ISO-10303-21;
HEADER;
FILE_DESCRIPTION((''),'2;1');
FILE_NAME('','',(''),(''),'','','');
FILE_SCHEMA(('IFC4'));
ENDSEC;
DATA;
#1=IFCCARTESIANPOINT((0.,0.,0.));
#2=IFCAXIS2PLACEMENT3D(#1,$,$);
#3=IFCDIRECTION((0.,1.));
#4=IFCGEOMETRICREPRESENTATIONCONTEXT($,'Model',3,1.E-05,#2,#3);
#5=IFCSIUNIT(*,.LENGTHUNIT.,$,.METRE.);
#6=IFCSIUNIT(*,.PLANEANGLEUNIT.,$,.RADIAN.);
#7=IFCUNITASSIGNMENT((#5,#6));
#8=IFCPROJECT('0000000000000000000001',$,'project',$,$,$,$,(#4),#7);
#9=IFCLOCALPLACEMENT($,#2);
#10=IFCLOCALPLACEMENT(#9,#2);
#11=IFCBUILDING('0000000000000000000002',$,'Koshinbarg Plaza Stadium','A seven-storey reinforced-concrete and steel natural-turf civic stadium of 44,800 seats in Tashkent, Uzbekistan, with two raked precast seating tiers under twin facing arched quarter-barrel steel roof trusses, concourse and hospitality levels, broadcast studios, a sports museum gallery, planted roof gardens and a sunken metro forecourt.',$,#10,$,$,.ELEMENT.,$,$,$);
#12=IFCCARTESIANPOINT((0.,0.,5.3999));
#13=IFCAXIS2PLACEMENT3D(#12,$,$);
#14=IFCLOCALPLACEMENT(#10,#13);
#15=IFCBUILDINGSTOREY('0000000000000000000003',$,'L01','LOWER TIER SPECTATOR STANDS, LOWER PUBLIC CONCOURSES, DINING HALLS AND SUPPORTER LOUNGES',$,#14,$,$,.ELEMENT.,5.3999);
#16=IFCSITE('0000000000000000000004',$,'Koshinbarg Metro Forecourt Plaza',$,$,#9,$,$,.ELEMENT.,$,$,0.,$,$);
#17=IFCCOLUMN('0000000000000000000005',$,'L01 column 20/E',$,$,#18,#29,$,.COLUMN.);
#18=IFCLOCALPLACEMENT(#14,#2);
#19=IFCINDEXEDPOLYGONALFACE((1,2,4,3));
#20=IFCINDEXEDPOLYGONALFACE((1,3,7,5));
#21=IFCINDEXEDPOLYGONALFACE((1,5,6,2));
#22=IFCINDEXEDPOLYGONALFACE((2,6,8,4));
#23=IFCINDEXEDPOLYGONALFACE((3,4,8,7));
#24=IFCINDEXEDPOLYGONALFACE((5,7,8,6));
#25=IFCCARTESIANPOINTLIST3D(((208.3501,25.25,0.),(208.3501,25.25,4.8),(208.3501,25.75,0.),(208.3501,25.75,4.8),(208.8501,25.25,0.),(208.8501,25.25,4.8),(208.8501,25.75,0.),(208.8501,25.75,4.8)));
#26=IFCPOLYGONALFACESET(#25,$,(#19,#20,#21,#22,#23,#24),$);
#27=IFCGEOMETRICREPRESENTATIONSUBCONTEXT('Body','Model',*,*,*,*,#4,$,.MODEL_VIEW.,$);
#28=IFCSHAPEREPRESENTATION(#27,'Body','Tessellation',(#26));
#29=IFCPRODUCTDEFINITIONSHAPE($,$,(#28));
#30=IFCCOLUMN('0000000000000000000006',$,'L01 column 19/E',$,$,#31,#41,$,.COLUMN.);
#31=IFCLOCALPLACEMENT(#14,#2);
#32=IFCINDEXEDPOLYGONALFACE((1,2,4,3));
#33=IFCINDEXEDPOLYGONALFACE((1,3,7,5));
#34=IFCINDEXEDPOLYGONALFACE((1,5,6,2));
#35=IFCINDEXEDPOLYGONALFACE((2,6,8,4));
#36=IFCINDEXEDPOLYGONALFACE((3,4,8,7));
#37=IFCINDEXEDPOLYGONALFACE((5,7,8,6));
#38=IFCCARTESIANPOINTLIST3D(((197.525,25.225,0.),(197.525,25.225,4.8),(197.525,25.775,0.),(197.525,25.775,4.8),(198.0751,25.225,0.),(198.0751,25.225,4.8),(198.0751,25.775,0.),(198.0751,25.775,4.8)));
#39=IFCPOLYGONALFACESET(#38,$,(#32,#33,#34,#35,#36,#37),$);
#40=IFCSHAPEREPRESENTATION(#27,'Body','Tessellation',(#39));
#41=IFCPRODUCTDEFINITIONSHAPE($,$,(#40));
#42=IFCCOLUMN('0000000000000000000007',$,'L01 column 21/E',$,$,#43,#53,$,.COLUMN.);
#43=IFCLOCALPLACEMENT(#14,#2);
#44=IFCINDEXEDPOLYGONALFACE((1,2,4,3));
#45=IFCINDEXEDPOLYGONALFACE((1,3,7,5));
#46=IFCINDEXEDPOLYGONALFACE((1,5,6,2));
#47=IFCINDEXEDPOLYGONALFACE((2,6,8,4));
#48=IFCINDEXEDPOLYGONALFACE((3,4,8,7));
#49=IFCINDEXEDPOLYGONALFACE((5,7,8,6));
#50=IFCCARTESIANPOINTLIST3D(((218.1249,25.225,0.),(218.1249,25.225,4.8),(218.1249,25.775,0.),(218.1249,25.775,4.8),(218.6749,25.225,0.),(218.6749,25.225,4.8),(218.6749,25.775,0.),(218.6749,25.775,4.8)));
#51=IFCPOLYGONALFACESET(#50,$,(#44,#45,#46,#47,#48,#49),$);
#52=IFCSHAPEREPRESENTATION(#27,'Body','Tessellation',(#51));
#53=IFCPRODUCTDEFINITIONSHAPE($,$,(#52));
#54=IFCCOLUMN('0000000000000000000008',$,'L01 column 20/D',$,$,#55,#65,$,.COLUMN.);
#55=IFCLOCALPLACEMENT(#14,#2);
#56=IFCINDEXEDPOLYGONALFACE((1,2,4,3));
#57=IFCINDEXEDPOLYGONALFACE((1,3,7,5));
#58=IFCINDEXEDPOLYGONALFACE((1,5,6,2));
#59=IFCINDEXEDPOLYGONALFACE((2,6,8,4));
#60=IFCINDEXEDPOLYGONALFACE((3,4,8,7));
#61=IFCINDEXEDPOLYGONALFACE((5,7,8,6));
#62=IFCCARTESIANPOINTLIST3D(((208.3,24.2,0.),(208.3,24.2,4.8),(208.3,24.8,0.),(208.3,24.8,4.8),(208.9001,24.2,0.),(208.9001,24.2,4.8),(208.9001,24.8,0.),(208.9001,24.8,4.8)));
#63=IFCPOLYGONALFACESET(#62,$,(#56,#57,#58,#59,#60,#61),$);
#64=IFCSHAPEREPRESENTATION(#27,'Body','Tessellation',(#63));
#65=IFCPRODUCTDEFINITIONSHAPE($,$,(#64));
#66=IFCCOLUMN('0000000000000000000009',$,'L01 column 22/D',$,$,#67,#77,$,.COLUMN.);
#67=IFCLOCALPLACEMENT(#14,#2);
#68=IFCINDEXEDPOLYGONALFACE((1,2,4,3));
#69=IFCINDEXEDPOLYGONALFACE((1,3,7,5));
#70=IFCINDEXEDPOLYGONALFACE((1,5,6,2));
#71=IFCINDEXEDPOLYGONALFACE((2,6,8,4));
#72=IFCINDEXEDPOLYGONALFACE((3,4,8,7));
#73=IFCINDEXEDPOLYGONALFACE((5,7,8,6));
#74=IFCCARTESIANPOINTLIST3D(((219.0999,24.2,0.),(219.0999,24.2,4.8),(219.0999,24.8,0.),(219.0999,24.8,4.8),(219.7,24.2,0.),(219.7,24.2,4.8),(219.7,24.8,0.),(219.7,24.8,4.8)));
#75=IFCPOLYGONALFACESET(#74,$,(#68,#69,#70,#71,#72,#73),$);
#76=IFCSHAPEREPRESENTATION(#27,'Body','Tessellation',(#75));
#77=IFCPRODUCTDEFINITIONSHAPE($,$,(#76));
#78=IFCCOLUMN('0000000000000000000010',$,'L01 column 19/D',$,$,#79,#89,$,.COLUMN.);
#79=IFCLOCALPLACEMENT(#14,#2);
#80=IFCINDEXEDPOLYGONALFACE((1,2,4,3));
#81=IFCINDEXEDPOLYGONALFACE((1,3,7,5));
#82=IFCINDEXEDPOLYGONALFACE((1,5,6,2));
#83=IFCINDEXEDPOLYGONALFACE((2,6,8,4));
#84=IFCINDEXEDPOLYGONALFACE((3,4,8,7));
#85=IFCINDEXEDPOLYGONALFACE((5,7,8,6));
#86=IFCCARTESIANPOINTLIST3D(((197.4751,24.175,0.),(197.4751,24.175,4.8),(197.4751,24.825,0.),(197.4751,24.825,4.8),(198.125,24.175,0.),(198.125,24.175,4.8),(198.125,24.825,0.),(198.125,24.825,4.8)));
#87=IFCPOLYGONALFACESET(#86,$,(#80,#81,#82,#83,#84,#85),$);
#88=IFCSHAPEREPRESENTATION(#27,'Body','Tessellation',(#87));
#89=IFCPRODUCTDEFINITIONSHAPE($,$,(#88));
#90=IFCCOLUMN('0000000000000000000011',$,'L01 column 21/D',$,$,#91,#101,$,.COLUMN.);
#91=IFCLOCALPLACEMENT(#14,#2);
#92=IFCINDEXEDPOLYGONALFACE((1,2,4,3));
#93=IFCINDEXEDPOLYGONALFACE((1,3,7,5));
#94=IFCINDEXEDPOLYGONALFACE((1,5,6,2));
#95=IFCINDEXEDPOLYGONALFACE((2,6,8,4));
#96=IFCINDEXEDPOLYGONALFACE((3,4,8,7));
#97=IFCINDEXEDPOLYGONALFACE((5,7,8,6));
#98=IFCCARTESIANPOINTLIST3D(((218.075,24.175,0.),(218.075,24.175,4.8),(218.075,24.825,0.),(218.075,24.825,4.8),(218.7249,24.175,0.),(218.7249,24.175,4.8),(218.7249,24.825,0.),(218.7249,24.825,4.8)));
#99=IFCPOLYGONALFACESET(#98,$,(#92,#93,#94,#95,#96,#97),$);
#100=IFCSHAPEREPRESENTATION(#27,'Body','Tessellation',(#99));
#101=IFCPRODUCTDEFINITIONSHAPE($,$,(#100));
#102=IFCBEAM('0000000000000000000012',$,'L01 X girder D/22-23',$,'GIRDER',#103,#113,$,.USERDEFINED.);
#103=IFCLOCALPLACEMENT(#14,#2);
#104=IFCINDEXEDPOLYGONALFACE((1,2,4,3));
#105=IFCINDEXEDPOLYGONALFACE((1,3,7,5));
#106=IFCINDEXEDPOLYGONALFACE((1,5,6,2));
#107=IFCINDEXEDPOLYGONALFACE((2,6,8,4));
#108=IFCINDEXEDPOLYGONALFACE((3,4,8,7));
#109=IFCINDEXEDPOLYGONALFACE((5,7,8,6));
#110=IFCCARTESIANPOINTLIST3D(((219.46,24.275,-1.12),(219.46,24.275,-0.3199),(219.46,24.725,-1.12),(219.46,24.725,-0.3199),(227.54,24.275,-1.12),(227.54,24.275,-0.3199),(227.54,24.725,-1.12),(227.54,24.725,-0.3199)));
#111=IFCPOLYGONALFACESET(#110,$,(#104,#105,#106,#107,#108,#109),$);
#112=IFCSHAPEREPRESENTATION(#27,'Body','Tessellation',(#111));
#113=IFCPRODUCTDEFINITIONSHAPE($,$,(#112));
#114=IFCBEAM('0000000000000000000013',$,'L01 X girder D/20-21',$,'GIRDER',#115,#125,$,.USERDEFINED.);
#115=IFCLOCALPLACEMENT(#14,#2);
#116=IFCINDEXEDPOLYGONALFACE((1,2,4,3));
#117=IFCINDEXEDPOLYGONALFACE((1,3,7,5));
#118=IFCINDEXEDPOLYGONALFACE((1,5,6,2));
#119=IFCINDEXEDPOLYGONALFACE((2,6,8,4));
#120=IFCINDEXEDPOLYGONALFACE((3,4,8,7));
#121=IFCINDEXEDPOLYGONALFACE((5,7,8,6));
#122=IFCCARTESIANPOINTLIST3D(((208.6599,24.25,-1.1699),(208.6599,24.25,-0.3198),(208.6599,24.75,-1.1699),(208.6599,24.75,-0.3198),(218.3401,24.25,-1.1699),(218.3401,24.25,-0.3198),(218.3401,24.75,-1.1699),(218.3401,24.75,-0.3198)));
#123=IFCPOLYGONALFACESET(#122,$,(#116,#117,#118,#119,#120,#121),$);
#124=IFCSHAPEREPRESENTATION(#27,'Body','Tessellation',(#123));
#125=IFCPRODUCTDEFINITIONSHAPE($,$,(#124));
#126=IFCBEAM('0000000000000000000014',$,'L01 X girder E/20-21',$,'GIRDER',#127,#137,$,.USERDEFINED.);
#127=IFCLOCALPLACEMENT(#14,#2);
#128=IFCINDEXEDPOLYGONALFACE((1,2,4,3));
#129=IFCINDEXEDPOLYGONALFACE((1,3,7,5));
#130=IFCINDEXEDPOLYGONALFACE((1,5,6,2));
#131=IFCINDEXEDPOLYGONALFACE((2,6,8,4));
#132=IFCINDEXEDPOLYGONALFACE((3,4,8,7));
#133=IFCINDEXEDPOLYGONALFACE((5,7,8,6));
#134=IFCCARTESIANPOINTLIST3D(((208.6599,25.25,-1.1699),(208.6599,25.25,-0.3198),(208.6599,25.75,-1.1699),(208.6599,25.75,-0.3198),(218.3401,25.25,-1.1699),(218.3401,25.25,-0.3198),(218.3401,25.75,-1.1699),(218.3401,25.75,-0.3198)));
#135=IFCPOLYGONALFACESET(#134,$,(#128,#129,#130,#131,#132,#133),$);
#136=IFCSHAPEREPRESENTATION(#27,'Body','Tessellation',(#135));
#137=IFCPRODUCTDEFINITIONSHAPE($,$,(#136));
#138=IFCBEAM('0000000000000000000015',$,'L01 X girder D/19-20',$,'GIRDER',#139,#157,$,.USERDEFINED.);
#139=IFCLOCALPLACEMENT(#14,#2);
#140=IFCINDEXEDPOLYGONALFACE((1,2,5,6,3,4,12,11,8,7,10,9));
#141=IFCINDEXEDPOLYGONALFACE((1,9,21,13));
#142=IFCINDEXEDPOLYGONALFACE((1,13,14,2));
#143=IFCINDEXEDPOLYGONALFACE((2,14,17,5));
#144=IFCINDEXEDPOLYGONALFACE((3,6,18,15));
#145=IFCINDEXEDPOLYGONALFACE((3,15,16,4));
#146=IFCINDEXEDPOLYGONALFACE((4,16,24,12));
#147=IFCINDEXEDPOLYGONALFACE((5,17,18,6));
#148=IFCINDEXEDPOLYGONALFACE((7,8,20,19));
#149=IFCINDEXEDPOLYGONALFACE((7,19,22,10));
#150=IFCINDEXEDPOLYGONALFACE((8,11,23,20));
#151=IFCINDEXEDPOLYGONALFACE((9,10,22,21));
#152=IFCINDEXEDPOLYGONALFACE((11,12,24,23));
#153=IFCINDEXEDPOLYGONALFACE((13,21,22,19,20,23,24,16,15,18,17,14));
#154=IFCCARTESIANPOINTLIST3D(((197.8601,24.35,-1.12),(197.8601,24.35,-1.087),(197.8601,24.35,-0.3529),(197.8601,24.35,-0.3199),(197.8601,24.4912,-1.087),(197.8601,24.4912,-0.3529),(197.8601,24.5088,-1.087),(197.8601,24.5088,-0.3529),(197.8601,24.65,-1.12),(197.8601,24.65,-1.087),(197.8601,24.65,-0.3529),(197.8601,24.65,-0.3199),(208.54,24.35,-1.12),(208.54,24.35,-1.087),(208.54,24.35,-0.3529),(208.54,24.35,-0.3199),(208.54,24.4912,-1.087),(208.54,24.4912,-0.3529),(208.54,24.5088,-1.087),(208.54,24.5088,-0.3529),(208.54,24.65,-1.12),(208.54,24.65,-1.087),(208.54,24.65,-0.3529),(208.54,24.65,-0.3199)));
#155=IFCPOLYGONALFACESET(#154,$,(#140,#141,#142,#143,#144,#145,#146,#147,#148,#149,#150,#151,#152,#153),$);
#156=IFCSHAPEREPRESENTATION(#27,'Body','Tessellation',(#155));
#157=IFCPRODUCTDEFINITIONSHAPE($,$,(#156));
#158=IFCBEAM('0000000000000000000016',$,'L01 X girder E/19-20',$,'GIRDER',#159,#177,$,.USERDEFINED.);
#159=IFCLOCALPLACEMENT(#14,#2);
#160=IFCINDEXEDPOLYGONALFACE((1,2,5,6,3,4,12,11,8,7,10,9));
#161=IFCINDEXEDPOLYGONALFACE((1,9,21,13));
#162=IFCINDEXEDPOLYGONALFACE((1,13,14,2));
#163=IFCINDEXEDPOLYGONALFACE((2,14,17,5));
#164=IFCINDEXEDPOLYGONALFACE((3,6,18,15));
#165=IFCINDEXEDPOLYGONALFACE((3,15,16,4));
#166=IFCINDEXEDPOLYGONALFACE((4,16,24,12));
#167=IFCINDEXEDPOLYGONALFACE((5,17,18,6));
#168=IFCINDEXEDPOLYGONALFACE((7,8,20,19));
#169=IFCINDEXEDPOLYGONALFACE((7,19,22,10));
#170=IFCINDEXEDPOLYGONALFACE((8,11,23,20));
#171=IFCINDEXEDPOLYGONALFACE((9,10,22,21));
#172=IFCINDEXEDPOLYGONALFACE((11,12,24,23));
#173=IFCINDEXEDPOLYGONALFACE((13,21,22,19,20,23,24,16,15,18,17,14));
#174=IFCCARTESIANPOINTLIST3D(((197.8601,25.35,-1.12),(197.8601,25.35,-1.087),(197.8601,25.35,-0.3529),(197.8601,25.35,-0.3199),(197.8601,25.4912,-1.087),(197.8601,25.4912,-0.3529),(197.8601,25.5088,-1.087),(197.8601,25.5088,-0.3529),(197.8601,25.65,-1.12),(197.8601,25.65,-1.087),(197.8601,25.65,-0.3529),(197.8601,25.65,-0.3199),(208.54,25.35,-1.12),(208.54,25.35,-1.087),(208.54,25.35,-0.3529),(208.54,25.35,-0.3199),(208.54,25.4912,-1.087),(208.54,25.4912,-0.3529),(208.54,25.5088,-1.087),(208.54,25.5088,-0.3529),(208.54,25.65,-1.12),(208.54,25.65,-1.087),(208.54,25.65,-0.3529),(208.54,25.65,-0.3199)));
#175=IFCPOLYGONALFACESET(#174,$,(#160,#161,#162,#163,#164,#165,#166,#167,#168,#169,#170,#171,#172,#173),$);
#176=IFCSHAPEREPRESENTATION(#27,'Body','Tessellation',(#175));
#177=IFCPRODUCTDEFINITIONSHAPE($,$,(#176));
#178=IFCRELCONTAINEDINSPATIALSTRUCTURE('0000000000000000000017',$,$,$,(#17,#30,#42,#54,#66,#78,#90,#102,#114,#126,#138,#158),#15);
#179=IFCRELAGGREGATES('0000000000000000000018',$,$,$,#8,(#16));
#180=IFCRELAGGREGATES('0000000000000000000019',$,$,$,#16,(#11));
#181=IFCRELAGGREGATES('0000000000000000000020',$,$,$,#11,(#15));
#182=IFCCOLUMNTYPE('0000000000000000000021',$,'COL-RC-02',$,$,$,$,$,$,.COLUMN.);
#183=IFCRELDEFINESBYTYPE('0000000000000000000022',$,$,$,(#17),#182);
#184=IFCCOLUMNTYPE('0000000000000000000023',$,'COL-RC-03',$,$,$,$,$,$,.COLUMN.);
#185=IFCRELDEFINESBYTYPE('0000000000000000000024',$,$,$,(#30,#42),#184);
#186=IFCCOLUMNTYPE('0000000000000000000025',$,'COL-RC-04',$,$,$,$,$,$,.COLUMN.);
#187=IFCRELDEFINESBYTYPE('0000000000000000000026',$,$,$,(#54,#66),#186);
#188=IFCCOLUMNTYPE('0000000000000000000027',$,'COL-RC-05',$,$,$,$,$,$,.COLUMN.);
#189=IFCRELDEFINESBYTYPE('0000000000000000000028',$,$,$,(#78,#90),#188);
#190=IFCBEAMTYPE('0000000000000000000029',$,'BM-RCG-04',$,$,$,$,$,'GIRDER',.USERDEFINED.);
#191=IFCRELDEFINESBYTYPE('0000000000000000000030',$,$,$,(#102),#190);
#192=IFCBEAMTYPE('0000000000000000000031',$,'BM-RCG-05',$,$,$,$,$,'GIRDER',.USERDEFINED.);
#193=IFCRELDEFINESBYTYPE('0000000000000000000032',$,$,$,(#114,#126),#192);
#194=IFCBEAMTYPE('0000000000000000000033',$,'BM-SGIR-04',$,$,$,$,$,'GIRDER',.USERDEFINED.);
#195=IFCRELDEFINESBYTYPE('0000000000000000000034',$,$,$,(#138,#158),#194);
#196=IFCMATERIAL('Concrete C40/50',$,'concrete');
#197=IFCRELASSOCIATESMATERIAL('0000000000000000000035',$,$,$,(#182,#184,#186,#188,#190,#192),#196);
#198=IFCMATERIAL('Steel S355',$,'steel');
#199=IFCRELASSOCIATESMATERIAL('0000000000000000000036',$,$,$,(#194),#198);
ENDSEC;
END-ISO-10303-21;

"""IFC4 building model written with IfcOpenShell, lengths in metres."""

from ifc_helpers import new_model, si_unit, direction, frame, origin, origin_2d, place, context, subcontext, project, spatial, rectangle, i_section, extrude, material, material_profile, profile_set, type_object, element, save


model = new_model("IFC4")

# Units and contexts
model_context = context("Model", 3, precision=1e-05, world=origin(), true_north=direction((0.0, 1.0)))
body_context = subcontext(model_context, "Body", "Model", "MODEL_VIEW")
ifc_project = project(units=[si_unit("LENGTHUNIT", "METRE"), si_unit("PLANEANGLEUNIT", "RADIAN")], contexts=[model_context])

# Site, building, storey
site_placement = place(None, origin())
site = spatial("IfcSite", under=ifc_project, at=site_placement, Name="Koshinbarg Metro Forecourt Plaza", CompositionType="ELEMENT", RefElevation=0.0)
building_placement = place(site_placement, origin())
building = spatial("IfcBuilding", under=site, at=building_placement, Name="Koshinbarg Plaza Stadium", Description="A seven-storey reinforced-concrete and steel natural-turf civic stadium of 44,800 seats in Tashkent, Uzbekistan, with two raked precast seating tiers under twin facing arched quarter-barrel steel roof trusses, concourse and hospitality levels, broadcast studios, a sports museum gallery, planted roof gardens and a sunken metro forecourt.", CompositionType="ELEMENT")
storey_placement = place(building_placement, frame((0.0, 0.0, 5.3999)))
storey = spatial("IfcBuildingStorey", under=building, at=storey_placement, Name="L01", Description="LOWER TIER SPECTATOR STANDS, LOWER PUBLIC CONCOURSES, DINING HALLS AND SUPPORTER LOUNGES", CompositionType="ELEMENT", Elevation=5.3999)

# Columns
ifc_material_1 = material(Name="Concrete C40/50", Category="concrete")
ifc_material_profile_1 = material_profile(ifc_material_1, rectangle(XDim=0.5, YDim=0.5, at=origin_2d()), Name="RC 500x500")
ifc_profile_set_1 = profile_set([ifc_material_profile_1], Name="Concrete C40/50")
column_type_1 = type_object("IfcColumnType", Name="COL-RC-02", PredefinedType="COLUMN", material=ifc_profile_set_1)
column_placement = place(storey_placement, frame((208.6001, 25.5, 0.0), z_axis=(0.0, 0.0, 1.0), x_axis=(1.0, 0.0, 0.0)))
element("IfcColumn", 1, at=column_placement, inside=storey, type_object=column_type_1, Name="L01 column 20/E", PredefinedType="COLUMN", context=body_context, shape_type="SweptSolid", body=[
    extrude(rectangle(XDim=0.5, YDim=0.5, at=origin_2d()), origin(), (0.0, 0.0, 1.0), 4.8),
])
ifc_material_profile_2 = material_profile(ifc_material_1, rectangle(XDim=0.55, YDim=0.55, at=origin_2d()), Name="RC 550x550")
ifc_profile_set_2 = profile_set([ifc_material_profile_2], Name="Concrete C40/50")
column_type_2 = type_object("IfcColumnType", Name="COL-RC-03", PredefinedType="COLUMN", material=ifc_profile_set_2)
for number, where, z_axis, x_axis, name in (
    (2, (197.8, 25.5, 0.0), (0.0, 0.0, 1.0), (1.0, 0.0, 0.0), "L01 column 19/E"),
    (3, (218.3999, 25.5, 0.0), (0.0, 0.0, 1.0), (1.0, 0.0, 0.0), "L01 column 21/E"),
):
    element("IfcColumn", number, at=place(storey_placement, frame(where, z_axis=z_axis, x_axis=x_axis)), inside=storey, type_object=column_type_2, Name=name, PredefinedType="COLUMN", context=body_context, shape_type="SweptSolid", body=[
        extrude(rectangle(XDim=0.55, YDim=0.55, at=origin_2d()), origin(), (0.0, 0.0, 1.0), 4.8),
    ])
ifc_material_profile_3 = material_profile(ifc_material_1, rectangle(XDim=0.6001, YDim=0.6001, at=origin_2d()), Name="RC 600x600")
ifc_profile_set_3 = profile_set([ifc_material_profile_3], Name="Concrete C40/50")
column_type_3 = type_object("IfcColumnType", Name="COL-RC-04", PredefinedType="COLUMN", material=ifc_profile_set_3)
for number, where, z_axis, x_axis, name in (
    (4, (208.6001, 24.5, 0.0), (0.0, 0.0, 1.0), (1.0, 0.0, 0.0), "L01 column 20/D"),
    (5, (219.3999, 24.5, 0.0), (0.0, 0.0, 1.0), (1.0, 0.0, 0.0), "L01 column 22/D"),
):
    element("IfcColumn", number, at=place(storey_placement, frame(where, z_axis=z_axis, x_axis=x_axis)), inside=storey, type_object=column_type_3, Name=name, PredefinedType="COLUMN", context=body_context, shape_type="SweptSolid", body=[
        extrude(rectangle(XDim=0.6001, YDim=0.6001, at=origin_2d()), origin(), (0.0, 0.0, 1.0), 4.8),
    ])
ifc_material_profile_4 = material_profile(ifc_material_1, rectangle(XDim=0.6499, YDim=0.6499, at=origin_2d()), Name="RC 650x650")
ifc_profile_set_4 = profile_set([ifc_material_profile_4], Name="Concrete C40/50")
column_type_4 = type_object("IfcColumnType", Name="COL-RC-05", PredefinedType="COLUMN", material=ifc_profile_set_4)
for number, where, z_axis, x_axis, name in (
    (6, (197.8, 24.5, 0.0), (0.0, 0.0, 1.0), (1.0, 0.0, 0.0), "L01 column 19/D"),
    (7, (218.3999, 24.5, 0.0), (0.0, 0.0, 1.0), (1.0, 0.0, 0.0), "L01 column 21/D"),
):
    element("IfcColumn", number, at=place(storey_placement, frame(where, z_axis=z_axis, x_axis=x_axis)), inside=storey, type_object=column_type_4, Name=name, PredefinedType="COLUMN", context=body_context, shape_type="SweptSolid", body=[
        extrude(rectangle(XDim=0.6499, YDim=0.6499, at=origin_2d()), origin(), (0.0, 0.0, 1.0), 4.8),
    ])

# Beams
ifc_material_profile_5 = material_profile(ifc_material_1, rectangle(XDim=0.45, YDim=0.8, at=origin_2d()), Name="RC 450x800")
ifc_profile_set_5 = profile_set([ifc_material_profile_5], Name="Concrete C40/50")
beam_type_1 = type_object("IfcBeamType", Name="BM-RCG-04", ElementType="GIRDER", PredefinedType="USERDEFINED", material=ifc_profile_set_5)
beam_1_placement = place(storey_placement, frame((219.46, 24.5, -0.72), z_axis=(1.0, 0.0, 0.0), x_axis=(0.0, 1.0, 0.0)))
element("IfcBeam", 8, at=beam_1_placement, inside=storey, type_object=beam_type_1, Name="L01 X girder D/22-23", ObjectType="GIRDER", PredefinedType="USERDEFINED", context=body_context, shape_type="SweptSolid", body=[
    extrude(rectangle(XDim=0.45, YDim=0.8, at=origin_2d()), origin(), (0.0, 0.0, 1.0), 8.0801),
])
ifc_material_profile_6 = material_profile(ifc_material_1, rectangle(XDim=0.5, YDim=0.8501, at=origin_2d()), Name="RC 500x850")
ifc_profile_set_6 = profile_set([ifc_material_profile_6], Name="Concrete C40/50")
beam_type_2 = type_object("IfcBeamType", Name="BM-RCG-05", ElementType="GIRDER", PredefinedType="USERDEFINED", material=ifc_profile_set_6)
for number, where, z_axis, x_axis, name in (
    (9, (208.6599, 24.5, -0.7449), (1.0, 0.0, 0.0), (0.0, 1.0, 0.0), "L01 X girder D/20-21"),
    (10, (208.6599, 25.5, -0.7449), (1.0, 0.0, 0.0), (0.0, 1.0, 0.0), "L01 X girder E/20-21"),
):
    element("IfcBeam", number, at=place(storey_placement, frame(where, z_axis=z_axis, x_axis=x_axis)), inside=storey, type_object=beam_type_2, Name=name, ObjectType="GIRDER", PredefinedType="USERDEFINED", context=body_context, shape_type="SweptSolid", body=[
        extrude(rectangle(XDim=0.5, YDim=0.8501, at=origin_2d()), origin(), (0.0, 0.0, 1.0), 9.6802),
    ])
ifc_material_2 = material(Name="Steel S355", Category="steel")
ifc_material_profile_7 = material_profile(ifc_material_2, i_section(OverallWidth=0.3, OverallDepth=0.8, WebThickness=0.0176, FlangeThickness=0.033, at=origin_2d()), Name="HEB 800")
ifc_profile_set_7 = profile_set([ifc_material_profile_7], Name="Steel S355")
beam_type_3 = type_object("IfcBeamType", Name="BM-SGIR-04", ElementType="GIRDER", PredefinedType="USERDEFINED", material=ifc_profile_set_7)
for number, where, z_axis, x_axis, name in (
    (11, (197.8601, 24.5, -0.72), (1.0, 0.0, 0.0), (0.0, 1.0, 0.0), "L01 X girder D/19-20"),
    (12, (197.8601, 25.5, -0.72), (1.0, 0.0, 0.0), (0.0, 1.0, 0.0), "L01 X girder E/19-20"),
):
    element("IfcBeam", number, at=place(storey_placement, frame(where, z_axis=z_axis, x_axis=x_axis)), inside=storey, type_object=beam_type_3, Name=name, ObjectType="GIRDER", PredefinedType="USERDEFINED", context=body_context, shape_type="SweptSolid", body=[
        extrude(i_section(OverallWidth=0.3, OverallDepth=0.8, WebThickness=0.0176, FlangeThickness=0.033, at=origin_2d()), origin(), (0.0, 0.0, 1.0), 10.6799),
    ])

save(model, "model.ifc")
